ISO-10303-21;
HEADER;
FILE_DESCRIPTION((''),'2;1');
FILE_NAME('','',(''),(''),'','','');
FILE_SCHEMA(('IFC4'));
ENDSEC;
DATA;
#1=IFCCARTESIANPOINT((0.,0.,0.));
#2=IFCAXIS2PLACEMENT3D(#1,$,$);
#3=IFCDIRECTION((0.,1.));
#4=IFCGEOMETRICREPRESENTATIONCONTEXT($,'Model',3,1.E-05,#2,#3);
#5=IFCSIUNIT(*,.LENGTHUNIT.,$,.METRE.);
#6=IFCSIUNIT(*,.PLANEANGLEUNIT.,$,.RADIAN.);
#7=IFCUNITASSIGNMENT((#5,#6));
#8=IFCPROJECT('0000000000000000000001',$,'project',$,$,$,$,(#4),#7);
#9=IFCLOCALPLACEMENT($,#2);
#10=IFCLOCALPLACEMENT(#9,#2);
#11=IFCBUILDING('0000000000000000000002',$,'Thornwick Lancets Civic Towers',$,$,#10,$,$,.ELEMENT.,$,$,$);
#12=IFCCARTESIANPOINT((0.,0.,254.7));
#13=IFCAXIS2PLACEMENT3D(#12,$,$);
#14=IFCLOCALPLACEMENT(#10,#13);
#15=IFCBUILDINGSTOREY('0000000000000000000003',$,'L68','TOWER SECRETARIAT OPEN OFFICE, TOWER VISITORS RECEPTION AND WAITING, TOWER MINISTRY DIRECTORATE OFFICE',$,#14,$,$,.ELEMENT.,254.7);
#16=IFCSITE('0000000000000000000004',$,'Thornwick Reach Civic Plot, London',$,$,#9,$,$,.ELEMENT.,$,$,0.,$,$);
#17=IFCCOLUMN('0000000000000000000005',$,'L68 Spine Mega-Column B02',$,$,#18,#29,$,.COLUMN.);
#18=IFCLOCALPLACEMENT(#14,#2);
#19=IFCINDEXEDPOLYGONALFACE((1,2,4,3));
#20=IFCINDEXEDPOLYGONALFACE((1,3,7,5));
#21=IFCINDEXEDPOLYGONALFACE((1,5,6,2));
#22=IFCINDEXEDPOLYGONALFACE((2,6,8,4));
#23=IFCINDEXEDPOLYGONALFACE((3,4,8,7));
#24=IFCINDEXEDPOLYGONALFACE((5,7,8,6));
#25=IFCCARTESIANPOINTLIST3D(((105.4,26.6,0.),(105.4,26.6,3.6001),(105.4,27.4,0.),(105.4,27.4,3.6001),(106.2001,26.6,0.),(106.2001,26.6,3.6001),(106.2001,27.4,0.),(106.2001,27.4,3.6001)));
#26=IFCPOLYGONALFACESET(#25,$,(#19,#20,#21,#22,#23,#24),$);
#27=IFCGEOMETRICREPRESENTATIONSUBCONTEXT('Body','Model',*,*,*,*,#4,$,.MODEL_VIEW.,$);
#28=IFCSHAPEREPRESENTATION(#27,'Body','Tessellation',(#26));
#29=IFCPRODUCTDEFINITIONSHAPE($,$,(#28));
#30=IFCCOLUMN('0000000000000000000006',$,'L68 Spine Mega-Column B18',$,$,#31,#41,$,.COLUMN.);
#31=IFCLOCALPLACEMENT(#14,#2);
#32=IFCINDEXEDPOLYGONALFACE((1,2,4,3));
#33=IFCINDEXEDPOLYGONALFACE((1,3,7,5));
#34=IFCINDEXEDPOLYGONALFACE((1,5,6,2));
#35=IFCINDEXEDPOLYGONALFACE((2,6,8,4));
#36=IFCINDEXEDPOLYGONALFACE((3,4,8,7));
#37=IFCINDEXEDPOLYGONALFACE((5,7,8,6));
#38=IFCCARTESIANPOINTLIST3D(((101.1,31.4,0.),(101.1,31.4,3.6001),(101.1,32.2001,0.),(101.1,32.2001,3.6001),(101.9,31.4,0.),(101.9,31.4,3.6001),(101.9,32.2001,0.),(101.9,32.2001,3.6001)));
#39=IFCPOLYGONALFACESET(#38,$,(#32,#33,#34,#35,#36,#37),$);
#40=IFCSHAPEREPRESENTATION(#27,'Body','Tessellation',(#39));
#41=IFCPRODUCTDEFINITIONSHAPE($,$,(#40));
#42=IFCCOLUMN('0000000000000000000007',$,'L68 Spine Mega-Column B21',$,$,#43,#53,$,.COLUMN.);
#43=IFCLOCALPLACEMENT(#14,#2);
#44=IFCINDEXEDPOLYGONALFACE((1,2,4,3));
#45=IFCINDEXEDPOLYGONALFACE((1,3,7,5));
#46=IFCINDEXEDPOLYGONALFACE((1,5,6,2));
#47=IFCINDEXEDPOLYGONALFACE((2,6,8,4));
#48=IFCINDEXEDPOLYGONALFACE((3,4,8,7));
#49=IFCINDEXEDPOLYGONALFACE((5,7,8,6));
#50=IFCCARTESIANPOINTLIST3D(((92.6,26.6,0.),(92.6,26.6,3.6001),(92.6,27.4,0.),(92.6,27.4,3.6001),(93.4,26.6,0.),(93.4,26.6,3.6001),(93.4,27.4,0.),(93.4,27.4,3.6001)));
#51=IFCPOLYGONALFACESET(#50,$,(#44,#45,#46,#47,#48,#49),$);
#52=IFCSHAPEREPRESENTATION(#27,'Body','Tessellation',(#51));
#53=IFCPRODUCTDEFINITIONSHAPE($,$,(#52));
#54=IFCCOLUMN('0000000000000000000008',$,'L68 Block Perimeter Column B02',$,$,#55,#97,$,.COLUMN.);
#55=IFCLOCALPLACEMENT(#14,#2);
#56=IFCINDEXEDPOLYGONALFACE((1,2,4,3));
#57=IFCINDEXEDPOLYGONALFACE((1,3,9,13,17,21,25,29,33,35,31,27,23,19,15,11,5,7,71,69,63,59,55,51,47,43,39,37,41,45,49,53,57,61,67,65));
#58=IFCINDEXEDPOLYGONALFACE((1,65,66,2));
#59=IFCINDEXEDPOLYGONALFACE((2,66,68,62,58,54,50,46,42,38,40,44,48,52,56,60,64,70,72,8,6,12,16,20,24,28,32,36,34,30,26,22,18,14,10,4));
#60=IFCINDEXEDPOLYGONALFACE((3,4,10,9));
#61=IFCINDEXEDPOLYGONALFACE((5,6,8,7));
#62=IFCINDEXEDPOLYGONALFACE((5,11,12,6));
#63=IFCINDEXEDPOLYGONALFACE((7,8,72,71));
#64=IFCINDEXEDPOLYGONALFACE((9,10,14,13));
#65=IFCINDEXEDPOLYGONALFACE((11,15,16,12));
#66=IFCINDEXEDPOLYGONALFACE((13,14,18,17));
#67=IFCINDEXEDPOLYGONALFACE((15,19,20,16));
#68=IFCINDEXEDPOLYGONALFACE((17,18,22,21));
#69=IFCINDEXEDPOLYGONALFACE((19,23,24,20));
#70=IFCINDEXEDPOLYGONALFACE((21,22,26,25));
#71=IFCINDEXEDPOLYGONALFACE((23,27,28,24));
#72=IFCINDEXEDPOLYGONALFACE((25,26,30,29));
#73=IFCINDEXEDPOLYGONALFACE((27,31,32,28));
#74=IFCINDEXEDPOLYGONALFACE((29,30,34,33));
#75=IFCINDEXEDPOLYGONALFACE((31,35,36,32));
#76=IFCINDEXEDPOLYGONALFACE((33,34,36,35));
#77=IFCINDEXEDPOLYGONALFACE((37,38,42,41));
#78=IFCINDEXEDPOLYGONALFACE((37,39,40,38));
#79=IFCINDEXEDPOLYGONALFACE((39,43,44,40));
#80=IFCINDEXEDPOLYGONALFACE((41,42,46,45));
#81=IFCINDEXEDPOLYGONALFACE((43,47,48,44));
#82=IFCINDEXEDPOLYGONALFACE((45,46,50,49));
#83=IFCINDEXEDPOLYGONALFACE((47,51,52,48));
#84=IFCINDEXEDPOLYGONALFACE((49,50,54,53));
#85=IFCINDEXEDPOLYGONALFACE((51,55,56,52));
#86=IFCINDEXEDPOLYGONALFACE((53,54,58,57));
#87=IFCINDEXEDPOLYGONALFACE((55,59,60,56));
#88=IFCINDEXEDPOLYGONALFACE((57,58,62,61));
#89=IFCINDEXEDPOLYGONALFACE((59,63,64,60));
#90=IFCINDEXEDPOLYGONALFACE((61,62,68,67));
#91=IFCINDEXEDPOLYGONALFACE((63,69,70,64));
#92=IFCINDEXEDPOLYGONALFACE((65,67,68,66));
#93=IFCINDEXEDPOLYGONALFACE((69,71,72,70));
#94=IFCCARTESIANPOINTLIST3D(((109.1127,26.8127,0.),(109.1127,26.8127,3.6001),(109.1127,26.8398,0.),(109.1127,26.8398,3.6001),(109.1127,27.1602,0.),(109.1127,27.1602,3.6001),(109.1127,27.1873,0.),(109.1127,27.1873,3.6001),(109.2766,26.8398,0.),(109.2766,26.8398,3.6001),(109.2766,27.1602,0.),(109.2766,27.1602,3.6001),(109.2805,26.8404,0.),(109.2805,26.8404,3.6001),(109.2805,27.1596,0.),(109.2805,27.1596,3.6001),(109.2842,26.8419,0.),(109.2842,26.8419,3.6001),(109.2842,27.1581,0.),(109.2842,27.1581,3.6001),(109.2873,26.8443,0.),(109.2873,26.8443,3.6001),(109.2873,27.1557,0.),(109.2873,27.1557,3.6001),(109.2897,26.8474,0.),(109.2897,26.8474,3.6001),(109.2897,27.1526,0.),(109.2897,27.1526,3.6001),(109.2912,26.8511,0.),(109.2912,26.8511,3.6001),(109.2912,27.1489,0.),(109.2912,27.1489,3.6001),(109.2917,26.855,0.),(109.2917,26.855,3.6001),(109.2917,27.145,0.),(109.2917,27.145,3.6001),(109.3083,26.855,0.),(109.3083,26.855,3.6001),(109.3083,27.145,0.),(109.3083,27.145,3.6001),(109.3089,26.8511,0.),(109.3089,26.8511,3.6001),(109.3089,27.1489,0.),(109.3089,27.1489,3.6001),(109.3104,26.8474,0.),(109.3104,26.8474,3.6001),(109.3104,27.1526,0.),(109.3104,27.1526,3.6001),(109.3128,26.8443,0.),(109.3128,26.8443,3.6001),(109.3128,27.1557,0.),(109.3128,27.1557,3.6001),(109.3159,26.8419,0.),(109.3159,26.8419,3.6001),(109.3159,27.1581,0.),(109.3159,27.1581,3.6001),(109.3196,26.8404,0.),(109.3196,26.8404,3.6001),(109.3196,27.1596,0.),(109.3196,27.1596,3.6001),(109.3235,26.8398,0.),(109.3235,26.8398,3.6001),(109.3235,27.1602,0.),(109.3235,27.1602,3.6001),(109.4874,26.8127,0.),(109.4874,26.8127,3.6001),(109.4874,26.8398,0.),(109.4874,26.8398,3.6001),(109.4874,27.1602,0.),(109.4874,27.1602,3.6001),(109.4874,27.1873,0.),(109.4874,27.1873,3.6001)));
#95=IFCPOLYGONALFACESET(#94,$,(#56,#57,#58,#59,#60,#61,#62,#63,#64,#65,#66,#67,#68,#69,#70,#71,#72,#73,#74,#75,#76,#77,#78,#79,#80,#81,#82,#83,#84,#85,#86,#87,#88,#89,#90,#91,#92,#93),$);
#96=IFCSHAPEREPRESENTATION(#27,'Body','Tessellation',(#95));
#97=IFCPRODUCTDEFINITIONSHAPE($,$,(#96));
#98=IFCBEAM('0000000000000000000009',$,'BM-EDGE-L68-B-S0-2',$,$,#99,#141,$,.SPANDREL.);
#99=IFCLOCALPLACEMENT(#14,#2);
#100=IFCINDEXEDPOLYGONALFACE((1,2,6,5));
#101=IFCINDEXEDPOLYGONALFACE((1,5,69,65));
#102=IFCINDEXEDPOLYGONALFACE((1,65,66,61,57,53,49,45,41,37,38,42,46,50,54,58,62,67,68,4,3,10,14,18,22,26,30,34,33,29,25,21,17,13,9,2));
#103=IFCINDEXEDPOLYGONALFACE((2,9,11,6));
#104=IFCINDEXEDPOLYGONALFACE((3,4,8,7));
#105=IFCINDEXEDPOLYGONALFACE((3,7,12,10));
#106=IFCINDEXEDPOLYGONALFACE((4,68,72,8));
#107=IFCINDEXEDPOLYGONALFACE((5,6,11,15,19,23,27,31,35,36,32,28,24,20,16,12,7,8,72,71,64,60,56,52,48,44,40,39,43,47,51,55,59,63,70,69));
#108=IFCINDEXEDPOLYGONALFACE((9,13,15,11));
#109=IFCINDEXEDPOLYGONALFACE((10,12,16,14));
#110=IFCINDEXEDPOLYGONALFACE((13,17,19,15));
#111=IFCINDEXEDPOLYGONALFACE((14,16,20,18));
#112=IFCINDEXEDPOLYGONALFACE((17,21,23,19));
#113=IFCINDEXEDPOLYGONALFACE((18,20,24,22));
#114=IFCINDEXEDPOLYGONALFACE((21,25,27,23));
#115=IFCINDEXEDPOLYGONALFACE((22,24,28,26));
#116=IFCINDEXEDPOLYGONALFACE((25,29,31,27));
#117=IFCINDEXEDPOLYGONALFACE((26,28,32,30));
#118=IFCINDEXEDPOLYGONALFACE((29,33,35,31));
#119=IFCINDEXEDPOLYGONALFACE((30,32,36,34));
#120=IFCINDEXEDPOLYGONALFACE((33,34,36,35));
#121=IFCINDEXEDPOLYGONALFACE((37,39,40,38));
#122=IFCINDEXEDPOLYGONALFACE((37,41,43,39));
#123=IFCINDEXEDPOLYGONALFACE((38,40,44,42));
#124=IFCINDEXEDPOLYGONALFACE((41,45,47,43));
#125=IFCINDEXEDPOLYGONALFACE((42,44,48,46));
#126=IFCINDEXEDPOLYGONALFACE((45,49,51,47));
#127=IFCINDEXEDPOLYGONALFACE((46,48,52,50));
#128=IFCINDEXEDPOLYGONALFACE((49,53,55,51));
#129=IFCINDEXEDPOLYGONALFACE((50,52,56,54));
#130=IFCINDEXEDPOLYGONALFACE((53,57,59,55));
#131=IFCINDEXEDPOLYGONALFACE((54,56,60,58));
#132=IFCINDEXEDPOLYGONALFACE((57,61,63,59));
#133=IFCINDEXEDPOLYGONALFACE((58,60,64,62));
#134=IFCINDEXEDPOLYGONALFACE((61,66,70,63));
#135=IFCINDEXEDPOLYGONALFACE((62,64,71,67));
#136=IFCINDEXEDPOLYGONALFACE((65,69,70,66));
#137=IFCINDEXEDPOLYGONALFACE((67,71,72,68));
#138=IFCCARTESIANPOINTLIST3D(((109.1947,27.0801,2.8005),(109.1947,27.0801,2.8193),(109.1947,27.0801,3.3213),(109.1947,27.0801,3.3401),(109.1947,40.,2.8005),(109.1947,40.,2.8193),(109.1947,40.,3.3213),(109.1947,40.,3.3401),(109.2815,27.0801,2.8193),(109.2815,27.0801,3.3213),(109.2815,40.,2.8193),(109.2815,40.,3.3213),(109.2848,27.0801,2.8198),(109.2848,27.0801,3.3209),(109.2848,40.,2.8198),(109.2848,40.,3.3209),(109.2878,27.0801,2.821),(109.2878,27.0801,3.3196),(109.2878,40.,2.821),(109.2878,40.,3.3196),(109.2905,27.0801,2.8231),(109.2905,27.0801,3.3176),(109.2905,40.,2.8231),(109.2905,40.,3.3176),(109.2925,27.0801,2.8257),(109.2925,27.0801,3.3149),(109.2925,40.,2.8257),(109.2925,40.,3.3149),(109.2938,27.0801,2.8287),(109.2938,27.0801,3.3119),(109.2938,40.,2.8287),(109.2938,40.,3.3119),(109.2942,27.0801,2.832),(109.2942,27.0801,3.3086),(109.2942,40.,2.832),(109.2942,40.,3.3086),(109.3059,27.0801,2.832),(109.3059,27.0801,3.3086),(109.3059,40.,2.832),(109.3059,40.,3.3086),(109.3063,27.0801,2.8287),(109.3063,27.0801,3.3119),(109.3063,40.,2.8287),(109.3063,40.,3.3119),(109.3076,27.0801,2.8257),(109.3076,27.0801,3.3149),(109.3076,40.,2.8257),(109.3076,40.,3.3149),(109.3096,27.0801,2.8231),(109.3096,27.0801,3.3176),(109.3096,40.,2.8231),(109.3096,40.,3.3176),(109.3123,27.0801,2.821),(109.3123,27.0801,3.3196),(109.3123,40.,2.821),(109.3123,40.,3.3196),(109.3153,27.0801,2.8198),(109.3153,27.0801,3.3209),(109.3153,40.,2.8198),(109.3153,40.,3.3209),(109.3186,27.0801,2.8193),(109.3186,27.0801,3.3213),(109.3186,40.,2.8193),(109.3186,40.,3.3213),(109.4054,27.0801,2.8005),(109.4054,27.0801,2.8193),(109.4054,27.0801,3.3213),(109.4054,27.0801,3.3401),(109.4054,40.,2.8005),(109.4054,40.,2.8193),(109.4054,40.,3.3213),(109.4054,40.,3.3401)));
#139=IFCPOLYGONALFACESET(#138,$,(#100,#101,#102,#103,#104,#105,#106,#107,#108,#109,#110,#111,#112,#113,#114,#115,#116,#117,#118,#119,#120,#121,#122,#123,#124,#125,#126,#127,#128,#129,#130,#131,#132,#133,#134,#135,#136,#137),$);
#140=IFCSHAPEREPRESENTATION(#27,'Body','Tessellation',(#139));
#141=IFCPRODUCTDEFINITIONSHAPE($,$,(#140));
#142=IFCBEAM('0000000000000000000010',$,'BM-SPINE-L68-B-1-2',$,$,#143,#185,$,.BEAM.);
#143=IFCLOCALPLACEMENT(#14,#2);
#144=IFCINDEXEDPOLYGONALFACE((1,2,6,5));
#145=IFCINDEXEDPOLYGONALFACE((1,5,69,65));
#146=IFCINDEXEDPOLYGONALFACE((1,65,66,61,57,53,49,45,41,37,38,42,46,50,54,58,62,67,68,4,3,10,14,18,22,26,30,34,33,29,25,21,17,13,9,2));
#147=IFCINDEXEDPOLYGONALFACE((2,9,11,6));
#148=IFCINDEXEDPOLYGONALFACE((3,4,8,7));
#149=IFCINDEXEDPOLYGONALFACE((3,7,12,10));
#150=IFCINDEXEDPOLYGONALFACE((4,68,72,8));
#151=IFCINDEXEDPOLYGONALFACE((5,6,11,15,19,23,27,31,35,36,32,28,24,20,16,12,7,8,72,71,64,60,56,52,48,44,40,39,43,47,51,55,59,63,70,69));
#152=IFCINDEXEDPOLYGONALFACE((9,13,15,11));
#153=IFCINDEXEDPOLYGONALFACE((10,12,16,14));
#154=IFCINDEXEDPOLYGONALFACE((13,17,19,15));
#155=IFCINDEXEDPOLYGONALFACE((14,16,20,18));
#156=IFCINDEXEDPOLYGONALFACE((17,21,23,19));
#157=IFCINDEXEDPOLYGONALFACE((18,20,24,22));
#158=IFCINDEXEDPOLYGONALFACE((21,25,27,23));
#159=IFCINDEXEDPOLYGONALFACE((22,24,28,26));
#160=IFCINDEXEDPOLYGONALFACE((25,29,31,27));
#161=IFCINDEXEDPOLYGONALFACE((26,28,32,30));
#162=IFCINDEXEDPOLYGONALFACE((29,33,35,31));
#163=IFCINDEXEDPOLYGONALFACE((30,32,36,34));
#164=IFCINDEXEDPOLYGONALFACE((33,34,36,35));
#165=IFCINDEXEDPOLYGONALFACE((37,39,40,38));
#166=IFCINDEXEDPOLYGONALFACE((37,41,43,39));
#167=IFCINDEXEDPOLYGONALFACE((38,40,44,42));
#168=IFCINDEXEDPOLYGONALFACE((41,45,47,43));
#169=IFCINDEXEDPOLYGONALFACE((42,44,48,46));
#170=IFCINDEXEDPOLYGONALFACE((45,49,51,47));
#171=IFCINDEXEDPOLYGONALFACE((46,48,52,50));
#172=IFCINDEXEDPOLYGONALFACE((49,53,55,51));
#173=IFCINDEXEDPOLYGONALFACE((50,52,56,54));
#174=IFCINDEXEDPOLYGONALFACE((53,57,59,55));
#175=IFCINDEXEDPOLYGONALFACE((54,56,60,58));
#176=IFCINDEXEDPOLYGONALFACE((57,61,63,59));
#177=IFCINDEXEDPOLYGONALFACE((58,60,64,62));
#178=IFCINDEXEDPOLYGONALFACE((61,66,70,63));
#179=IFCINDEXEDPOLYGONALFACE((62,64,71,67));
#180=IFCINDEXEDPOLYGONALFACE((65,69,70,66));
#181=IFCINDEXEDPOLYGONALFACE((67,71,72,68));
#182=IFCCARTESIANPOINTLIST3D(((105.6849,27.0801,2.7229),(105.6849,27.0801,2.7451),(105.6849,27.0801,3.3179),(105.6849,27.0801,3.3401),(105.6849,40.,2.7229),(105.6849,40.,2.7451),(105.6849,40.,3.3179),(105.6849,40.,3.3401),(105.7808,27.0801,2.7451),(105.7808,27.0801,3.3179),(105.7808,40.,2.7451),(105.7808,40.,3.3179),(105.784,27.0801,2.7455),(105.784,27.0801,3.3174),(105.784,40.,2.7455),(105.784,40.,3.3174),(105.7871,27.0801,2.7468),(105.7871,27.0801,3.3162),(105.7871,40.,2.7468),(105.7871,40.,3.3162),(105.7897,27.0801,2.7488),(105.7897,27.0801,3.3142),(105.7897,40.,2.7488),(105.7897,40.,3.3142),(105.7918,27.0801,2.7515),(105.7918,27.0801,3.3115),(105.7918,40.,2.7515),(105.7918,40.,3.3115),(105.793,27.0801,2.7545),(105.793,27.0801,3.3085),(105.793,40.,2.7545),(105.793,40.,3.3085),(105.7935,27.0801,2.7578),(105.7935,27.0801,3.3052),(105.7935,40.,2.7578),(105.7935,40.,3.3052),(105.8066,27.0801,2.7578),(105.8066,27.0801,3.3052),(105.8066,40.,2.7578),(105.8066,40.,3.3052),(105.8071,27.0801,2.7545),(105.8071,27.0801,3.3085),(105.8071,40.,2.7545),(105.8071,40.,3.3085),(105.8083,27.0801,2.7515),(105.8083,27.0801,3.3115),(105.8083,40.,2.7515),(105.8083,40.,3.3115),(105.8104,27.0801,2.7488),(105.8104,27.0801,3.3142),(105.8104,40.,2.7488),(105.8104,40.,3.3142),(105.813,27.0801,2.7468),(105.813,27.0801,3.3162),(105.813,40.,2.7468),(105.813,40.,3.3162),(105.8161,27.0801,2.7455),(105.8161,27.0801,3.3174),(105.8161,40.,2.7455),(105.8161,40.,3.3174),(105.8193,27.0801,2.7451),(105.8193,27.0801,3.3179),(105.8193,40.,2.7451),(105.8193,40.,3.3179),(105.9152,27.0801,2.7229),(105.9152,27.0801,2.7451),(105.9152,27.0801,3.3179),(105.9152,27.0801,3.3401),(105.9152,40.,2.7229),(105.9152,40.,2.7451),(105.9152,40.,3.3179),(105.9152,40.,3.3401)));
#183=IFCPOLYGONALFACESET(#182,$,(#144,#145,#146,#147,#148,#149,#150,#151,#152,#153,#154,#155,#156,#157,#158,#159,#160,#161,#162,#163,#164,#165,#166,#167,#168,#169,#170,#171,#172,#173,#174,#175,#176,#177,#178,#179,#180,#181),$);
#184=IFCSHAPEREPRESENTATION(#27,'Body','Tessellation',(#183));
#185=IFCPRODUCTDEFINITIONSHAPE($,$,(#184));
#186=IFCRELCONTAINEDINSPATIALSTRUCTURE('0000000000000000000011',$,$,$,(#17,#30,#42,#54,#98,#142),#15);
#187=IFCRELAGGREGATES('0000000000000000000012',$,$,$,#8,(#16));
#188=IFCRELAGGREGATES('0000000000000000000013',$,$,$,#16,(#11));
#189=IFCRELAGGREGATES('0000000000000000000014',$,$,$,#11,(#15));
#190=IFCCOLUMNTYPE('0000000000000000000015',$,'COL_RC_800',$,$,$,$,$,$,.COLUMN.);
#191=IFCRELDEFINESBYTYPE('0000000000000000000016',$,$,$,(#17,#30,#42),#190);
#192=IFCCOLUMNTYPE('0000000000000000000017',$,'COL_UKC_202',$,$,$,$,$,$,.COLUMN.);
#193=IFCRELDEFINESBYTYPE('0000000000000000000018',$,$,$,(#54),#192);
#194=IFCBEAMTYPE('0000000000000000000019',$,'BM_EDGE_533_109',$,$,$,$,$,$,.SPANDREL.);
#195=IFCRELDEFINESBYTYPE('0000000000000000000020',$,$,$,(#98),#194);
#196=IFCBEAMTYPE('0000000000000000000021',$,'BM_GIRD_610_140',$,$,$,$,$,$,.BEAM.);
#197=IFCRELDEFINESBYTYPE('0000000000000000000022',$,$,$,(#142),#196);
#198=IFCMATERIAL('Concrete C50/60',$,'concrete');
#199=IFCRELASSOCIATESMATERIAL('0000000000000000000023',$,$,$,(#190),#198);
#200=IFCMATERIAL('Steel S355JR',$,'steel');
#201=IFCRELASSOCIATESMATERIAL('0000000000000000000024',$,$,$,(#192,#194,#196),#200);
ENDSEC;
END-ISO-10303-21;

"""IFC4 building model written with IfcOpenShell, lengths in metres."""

from ifc_helpers import new_model, si_unit, direction, frame, origin, origin_2d, place, context, subcontext, project, spatial, rectangle, i_section, extrude, material, material_profile, profile_set, type_object, element, save


model = new_model("IFC4")

# Units and contexts
model_context = context("Model", 3, precision=1e-05, world=origin(), true_north=direction((0.0, 1.0)))
body_context = subcontext(model_context, "Body", "Model", "MODEL_VIEW")
ifc_project = project(units=[si_unit("LENGTHUNIT", "METRE"), si_unit("PLANEANGLEUNIT", "RADIAN")], contexts=[model_context])

# Site, building, storey
site_placement = place(None, origin())
site = spatial("IfcSite", under=ifc_project, at=site_placement, Name="Thornwick Reach Civic Plot, London", CompositionType="ELEMENT", RefElevation=0.0)
building_placement = place(site_placement, origin())
building = spatial("IfcBuilding", under=site, at=building_placement, Name="Thornwick Lancets Civic Towers", CompositionType="ELEMENT")
storey_placement = place(building_placement, frame((0.0, 0.0, 254.7)))
storey = spatial("IfcBuildingStorey", under=building, at=storey_placement, Name="L68", Description="TOWER SECRETARIAT OPEN OFFICE, TOWER VISITORS RECEPTION AND WAITING, TOWER MINISTRY DIRECTORATE OFFICE", CompositionType="ELEMENT", Elevation=254.7)

# Columns
ifc_material_1 = material(Name="Concrete C50/60", Category="concrete")
ifc_material_profile_1 = material_profile(ifc_material_1, rectangle(XDim=0.8, YDim=0.8, at=origin_2d()), Name="RC 800x800")
ifc_profile_set_1 = profile_set([ifc_material_profile_1], Name="Concrete C50/60")
column_type_1 = type_object("IfcColumnType", Name="COL_RC_800", PredefinedType="COLUMN", material=ifc_profile_set_1)
for number, where, z_axis, x_axis, name in (
    (1, (105.8, 27.0, 0.0), (0.0, 0.0, 1.0), (1.0, 0.0, 0.0), "L68 Spine Mega-Column B02"),
    (2, (101.5, 31.8, 0.0), (0.0, 0.0, 1.0), (1.0, 0.0, 0.0), "L68 Spine Mega-Column B18"),
    (3, (93.0, 27.0, 0.0), (0.0, 0.0, 1.0), (1.0, 0.0, 0.0), "L68 Spine Mega-Column B21"),
):
    element("IfcColumn", number, at=place(storey_placement, frame(where, z_axis=z_axis, x_axis=x_axis)), inside=storey, type_object=column_type_1, Name=name, PredefinedType="COLUMN", context=body_context, shape_type="SweptSolid", body=[
        extrude(rectangle(XDim=0.8, YDim=0.8, at=origin_2d()), origin(), (0.0, 0.0, 1.0), 3.6001),
    ])
ifc_material_2 = material(Name="Steel S355JR", Category="steel")
ifc_material_profile_2 = material_profile(ifc_material_2, i_section(OverallWidth=0.3748, OverallDepth=0.3745, WebThickness=0.0166, FlangeThickness=0.0271, FilletRadius=0.0151, at=origin_2d()), Name="UKC 356x368x202")
ifc_profile_set_2 = profile_set([ifc_material_profile_2], Name="Steel S355JR")
column_type_2 = type_object("IfcColumnType", Name="COL_UKC_202", PredefinedType="COLUMN", material=ifc_profile_set_2)
column_placement = place(storey_placement, frame((109.3, 27.0, 0.0), z_axis=(0.0, 0.0, 1.0), x_axis=(1.0, 0.0, 0.0)))
element("IfcColumn", 4, at=column_placement, inside=storey, type_object=column_type_2, Name="L68 Block Perimeter Column B02", PredefinedType="COLUMN", context=body_context, shape_type="SweptSolid", body=[
    extrude(i_section(OverallWidth=0.3748, OverallDepth=0.3745, WebThickness=0.0166, FlangeThickness=0.0271, FilletRadius=0.0151, at=origin_2d()), origin(), (0.0, 0.0, 1.0), 3.6001),
])

# Beams
ifc_material_profile_3 = material_profile(ifc_material_2, i_section(OverallWidth=0.2107, OverallDepth=0.5396, WebThickness=0.0117, FlangeThickness=0.0188, FilletRadius=0.0127, at=origin_2d()), Name="UKB 533x210x109")
ifc_profile_set_3 = profile_set([ifc_material_profile_3], Name="Steel S355JR")
beam_type_1 = type_object("IfcBeamType", Name="BM_EDGE_533_109", PredefinedType="SPANDREL", material=ifc_profile_set_3)
beam_1_placement = place(storey_placement, frame((109.3, 27.0801, 3.0703), z_axis=(0.0, 1.0, 0.0), x_axis=(-1.0, 0.0, 0.0)))
element("IfcBeam", 5, at=beam_1_placement, inside=storey, type_object=beam_type_1, Name="BM-EDGE-L68-B-S0-2", PredefinedType="SPANDREL", context=body_context, shape_type="SweptSolid", body=[
    extrude(i_section(OverallWidth=0.2107, OverallDepth=0.5396, WebThickness=0.0117, FlangeThickness=0.0188, FilletRadius=0.0127, at=origin_2d()), origin(), (0.0, 0.0, 1.0), 12.9199),
])
ifc_material_profile_4 = material_profile(ifc_material_2, i_section(OverallWidth=0.2302, OverallDepth=0.6172, WebThickness=0.0132, FlangeThickness=0.0222, FilletRadius=0.0127, at=origin_2d()), Name="UKB 610x229x140")
ifc_profile_set_4 = profile_set([ifc_material_profile_4], Name="Steel S355JR")
beam_type_2 = type_object("IfcBeamType", Name="BM_GIRD_610_140", PredefinedType="BEAM", material=ifc_profile_set_4)
beam_2_placement = place(storey_placement, frame((105.8, 27.0801, 3.0315), z_axis=(0.0, 1.0, 0.0), x_axis=(-1.0, 0.0, 0.0)))
element("IfcBeam", 6, at=beam_2_placement, inside=storey, type_object=beam_type_2, Name="BM-SPINE-L68-B-1-2", PredefinedType="BEAM", context=body_context, shape_type="SweptSolid", body=[
    extrude(i_section(OverallWidth=0.2302, OverallDepth=0.6172, WebThickness=0.0132, FlangeThickness=0.0222, FilletRadius=0.0127, at=origin_2d()), origin(), (0.0, 0.0, 1.0), 12.9199),
])

save(model, "model.ifc")
